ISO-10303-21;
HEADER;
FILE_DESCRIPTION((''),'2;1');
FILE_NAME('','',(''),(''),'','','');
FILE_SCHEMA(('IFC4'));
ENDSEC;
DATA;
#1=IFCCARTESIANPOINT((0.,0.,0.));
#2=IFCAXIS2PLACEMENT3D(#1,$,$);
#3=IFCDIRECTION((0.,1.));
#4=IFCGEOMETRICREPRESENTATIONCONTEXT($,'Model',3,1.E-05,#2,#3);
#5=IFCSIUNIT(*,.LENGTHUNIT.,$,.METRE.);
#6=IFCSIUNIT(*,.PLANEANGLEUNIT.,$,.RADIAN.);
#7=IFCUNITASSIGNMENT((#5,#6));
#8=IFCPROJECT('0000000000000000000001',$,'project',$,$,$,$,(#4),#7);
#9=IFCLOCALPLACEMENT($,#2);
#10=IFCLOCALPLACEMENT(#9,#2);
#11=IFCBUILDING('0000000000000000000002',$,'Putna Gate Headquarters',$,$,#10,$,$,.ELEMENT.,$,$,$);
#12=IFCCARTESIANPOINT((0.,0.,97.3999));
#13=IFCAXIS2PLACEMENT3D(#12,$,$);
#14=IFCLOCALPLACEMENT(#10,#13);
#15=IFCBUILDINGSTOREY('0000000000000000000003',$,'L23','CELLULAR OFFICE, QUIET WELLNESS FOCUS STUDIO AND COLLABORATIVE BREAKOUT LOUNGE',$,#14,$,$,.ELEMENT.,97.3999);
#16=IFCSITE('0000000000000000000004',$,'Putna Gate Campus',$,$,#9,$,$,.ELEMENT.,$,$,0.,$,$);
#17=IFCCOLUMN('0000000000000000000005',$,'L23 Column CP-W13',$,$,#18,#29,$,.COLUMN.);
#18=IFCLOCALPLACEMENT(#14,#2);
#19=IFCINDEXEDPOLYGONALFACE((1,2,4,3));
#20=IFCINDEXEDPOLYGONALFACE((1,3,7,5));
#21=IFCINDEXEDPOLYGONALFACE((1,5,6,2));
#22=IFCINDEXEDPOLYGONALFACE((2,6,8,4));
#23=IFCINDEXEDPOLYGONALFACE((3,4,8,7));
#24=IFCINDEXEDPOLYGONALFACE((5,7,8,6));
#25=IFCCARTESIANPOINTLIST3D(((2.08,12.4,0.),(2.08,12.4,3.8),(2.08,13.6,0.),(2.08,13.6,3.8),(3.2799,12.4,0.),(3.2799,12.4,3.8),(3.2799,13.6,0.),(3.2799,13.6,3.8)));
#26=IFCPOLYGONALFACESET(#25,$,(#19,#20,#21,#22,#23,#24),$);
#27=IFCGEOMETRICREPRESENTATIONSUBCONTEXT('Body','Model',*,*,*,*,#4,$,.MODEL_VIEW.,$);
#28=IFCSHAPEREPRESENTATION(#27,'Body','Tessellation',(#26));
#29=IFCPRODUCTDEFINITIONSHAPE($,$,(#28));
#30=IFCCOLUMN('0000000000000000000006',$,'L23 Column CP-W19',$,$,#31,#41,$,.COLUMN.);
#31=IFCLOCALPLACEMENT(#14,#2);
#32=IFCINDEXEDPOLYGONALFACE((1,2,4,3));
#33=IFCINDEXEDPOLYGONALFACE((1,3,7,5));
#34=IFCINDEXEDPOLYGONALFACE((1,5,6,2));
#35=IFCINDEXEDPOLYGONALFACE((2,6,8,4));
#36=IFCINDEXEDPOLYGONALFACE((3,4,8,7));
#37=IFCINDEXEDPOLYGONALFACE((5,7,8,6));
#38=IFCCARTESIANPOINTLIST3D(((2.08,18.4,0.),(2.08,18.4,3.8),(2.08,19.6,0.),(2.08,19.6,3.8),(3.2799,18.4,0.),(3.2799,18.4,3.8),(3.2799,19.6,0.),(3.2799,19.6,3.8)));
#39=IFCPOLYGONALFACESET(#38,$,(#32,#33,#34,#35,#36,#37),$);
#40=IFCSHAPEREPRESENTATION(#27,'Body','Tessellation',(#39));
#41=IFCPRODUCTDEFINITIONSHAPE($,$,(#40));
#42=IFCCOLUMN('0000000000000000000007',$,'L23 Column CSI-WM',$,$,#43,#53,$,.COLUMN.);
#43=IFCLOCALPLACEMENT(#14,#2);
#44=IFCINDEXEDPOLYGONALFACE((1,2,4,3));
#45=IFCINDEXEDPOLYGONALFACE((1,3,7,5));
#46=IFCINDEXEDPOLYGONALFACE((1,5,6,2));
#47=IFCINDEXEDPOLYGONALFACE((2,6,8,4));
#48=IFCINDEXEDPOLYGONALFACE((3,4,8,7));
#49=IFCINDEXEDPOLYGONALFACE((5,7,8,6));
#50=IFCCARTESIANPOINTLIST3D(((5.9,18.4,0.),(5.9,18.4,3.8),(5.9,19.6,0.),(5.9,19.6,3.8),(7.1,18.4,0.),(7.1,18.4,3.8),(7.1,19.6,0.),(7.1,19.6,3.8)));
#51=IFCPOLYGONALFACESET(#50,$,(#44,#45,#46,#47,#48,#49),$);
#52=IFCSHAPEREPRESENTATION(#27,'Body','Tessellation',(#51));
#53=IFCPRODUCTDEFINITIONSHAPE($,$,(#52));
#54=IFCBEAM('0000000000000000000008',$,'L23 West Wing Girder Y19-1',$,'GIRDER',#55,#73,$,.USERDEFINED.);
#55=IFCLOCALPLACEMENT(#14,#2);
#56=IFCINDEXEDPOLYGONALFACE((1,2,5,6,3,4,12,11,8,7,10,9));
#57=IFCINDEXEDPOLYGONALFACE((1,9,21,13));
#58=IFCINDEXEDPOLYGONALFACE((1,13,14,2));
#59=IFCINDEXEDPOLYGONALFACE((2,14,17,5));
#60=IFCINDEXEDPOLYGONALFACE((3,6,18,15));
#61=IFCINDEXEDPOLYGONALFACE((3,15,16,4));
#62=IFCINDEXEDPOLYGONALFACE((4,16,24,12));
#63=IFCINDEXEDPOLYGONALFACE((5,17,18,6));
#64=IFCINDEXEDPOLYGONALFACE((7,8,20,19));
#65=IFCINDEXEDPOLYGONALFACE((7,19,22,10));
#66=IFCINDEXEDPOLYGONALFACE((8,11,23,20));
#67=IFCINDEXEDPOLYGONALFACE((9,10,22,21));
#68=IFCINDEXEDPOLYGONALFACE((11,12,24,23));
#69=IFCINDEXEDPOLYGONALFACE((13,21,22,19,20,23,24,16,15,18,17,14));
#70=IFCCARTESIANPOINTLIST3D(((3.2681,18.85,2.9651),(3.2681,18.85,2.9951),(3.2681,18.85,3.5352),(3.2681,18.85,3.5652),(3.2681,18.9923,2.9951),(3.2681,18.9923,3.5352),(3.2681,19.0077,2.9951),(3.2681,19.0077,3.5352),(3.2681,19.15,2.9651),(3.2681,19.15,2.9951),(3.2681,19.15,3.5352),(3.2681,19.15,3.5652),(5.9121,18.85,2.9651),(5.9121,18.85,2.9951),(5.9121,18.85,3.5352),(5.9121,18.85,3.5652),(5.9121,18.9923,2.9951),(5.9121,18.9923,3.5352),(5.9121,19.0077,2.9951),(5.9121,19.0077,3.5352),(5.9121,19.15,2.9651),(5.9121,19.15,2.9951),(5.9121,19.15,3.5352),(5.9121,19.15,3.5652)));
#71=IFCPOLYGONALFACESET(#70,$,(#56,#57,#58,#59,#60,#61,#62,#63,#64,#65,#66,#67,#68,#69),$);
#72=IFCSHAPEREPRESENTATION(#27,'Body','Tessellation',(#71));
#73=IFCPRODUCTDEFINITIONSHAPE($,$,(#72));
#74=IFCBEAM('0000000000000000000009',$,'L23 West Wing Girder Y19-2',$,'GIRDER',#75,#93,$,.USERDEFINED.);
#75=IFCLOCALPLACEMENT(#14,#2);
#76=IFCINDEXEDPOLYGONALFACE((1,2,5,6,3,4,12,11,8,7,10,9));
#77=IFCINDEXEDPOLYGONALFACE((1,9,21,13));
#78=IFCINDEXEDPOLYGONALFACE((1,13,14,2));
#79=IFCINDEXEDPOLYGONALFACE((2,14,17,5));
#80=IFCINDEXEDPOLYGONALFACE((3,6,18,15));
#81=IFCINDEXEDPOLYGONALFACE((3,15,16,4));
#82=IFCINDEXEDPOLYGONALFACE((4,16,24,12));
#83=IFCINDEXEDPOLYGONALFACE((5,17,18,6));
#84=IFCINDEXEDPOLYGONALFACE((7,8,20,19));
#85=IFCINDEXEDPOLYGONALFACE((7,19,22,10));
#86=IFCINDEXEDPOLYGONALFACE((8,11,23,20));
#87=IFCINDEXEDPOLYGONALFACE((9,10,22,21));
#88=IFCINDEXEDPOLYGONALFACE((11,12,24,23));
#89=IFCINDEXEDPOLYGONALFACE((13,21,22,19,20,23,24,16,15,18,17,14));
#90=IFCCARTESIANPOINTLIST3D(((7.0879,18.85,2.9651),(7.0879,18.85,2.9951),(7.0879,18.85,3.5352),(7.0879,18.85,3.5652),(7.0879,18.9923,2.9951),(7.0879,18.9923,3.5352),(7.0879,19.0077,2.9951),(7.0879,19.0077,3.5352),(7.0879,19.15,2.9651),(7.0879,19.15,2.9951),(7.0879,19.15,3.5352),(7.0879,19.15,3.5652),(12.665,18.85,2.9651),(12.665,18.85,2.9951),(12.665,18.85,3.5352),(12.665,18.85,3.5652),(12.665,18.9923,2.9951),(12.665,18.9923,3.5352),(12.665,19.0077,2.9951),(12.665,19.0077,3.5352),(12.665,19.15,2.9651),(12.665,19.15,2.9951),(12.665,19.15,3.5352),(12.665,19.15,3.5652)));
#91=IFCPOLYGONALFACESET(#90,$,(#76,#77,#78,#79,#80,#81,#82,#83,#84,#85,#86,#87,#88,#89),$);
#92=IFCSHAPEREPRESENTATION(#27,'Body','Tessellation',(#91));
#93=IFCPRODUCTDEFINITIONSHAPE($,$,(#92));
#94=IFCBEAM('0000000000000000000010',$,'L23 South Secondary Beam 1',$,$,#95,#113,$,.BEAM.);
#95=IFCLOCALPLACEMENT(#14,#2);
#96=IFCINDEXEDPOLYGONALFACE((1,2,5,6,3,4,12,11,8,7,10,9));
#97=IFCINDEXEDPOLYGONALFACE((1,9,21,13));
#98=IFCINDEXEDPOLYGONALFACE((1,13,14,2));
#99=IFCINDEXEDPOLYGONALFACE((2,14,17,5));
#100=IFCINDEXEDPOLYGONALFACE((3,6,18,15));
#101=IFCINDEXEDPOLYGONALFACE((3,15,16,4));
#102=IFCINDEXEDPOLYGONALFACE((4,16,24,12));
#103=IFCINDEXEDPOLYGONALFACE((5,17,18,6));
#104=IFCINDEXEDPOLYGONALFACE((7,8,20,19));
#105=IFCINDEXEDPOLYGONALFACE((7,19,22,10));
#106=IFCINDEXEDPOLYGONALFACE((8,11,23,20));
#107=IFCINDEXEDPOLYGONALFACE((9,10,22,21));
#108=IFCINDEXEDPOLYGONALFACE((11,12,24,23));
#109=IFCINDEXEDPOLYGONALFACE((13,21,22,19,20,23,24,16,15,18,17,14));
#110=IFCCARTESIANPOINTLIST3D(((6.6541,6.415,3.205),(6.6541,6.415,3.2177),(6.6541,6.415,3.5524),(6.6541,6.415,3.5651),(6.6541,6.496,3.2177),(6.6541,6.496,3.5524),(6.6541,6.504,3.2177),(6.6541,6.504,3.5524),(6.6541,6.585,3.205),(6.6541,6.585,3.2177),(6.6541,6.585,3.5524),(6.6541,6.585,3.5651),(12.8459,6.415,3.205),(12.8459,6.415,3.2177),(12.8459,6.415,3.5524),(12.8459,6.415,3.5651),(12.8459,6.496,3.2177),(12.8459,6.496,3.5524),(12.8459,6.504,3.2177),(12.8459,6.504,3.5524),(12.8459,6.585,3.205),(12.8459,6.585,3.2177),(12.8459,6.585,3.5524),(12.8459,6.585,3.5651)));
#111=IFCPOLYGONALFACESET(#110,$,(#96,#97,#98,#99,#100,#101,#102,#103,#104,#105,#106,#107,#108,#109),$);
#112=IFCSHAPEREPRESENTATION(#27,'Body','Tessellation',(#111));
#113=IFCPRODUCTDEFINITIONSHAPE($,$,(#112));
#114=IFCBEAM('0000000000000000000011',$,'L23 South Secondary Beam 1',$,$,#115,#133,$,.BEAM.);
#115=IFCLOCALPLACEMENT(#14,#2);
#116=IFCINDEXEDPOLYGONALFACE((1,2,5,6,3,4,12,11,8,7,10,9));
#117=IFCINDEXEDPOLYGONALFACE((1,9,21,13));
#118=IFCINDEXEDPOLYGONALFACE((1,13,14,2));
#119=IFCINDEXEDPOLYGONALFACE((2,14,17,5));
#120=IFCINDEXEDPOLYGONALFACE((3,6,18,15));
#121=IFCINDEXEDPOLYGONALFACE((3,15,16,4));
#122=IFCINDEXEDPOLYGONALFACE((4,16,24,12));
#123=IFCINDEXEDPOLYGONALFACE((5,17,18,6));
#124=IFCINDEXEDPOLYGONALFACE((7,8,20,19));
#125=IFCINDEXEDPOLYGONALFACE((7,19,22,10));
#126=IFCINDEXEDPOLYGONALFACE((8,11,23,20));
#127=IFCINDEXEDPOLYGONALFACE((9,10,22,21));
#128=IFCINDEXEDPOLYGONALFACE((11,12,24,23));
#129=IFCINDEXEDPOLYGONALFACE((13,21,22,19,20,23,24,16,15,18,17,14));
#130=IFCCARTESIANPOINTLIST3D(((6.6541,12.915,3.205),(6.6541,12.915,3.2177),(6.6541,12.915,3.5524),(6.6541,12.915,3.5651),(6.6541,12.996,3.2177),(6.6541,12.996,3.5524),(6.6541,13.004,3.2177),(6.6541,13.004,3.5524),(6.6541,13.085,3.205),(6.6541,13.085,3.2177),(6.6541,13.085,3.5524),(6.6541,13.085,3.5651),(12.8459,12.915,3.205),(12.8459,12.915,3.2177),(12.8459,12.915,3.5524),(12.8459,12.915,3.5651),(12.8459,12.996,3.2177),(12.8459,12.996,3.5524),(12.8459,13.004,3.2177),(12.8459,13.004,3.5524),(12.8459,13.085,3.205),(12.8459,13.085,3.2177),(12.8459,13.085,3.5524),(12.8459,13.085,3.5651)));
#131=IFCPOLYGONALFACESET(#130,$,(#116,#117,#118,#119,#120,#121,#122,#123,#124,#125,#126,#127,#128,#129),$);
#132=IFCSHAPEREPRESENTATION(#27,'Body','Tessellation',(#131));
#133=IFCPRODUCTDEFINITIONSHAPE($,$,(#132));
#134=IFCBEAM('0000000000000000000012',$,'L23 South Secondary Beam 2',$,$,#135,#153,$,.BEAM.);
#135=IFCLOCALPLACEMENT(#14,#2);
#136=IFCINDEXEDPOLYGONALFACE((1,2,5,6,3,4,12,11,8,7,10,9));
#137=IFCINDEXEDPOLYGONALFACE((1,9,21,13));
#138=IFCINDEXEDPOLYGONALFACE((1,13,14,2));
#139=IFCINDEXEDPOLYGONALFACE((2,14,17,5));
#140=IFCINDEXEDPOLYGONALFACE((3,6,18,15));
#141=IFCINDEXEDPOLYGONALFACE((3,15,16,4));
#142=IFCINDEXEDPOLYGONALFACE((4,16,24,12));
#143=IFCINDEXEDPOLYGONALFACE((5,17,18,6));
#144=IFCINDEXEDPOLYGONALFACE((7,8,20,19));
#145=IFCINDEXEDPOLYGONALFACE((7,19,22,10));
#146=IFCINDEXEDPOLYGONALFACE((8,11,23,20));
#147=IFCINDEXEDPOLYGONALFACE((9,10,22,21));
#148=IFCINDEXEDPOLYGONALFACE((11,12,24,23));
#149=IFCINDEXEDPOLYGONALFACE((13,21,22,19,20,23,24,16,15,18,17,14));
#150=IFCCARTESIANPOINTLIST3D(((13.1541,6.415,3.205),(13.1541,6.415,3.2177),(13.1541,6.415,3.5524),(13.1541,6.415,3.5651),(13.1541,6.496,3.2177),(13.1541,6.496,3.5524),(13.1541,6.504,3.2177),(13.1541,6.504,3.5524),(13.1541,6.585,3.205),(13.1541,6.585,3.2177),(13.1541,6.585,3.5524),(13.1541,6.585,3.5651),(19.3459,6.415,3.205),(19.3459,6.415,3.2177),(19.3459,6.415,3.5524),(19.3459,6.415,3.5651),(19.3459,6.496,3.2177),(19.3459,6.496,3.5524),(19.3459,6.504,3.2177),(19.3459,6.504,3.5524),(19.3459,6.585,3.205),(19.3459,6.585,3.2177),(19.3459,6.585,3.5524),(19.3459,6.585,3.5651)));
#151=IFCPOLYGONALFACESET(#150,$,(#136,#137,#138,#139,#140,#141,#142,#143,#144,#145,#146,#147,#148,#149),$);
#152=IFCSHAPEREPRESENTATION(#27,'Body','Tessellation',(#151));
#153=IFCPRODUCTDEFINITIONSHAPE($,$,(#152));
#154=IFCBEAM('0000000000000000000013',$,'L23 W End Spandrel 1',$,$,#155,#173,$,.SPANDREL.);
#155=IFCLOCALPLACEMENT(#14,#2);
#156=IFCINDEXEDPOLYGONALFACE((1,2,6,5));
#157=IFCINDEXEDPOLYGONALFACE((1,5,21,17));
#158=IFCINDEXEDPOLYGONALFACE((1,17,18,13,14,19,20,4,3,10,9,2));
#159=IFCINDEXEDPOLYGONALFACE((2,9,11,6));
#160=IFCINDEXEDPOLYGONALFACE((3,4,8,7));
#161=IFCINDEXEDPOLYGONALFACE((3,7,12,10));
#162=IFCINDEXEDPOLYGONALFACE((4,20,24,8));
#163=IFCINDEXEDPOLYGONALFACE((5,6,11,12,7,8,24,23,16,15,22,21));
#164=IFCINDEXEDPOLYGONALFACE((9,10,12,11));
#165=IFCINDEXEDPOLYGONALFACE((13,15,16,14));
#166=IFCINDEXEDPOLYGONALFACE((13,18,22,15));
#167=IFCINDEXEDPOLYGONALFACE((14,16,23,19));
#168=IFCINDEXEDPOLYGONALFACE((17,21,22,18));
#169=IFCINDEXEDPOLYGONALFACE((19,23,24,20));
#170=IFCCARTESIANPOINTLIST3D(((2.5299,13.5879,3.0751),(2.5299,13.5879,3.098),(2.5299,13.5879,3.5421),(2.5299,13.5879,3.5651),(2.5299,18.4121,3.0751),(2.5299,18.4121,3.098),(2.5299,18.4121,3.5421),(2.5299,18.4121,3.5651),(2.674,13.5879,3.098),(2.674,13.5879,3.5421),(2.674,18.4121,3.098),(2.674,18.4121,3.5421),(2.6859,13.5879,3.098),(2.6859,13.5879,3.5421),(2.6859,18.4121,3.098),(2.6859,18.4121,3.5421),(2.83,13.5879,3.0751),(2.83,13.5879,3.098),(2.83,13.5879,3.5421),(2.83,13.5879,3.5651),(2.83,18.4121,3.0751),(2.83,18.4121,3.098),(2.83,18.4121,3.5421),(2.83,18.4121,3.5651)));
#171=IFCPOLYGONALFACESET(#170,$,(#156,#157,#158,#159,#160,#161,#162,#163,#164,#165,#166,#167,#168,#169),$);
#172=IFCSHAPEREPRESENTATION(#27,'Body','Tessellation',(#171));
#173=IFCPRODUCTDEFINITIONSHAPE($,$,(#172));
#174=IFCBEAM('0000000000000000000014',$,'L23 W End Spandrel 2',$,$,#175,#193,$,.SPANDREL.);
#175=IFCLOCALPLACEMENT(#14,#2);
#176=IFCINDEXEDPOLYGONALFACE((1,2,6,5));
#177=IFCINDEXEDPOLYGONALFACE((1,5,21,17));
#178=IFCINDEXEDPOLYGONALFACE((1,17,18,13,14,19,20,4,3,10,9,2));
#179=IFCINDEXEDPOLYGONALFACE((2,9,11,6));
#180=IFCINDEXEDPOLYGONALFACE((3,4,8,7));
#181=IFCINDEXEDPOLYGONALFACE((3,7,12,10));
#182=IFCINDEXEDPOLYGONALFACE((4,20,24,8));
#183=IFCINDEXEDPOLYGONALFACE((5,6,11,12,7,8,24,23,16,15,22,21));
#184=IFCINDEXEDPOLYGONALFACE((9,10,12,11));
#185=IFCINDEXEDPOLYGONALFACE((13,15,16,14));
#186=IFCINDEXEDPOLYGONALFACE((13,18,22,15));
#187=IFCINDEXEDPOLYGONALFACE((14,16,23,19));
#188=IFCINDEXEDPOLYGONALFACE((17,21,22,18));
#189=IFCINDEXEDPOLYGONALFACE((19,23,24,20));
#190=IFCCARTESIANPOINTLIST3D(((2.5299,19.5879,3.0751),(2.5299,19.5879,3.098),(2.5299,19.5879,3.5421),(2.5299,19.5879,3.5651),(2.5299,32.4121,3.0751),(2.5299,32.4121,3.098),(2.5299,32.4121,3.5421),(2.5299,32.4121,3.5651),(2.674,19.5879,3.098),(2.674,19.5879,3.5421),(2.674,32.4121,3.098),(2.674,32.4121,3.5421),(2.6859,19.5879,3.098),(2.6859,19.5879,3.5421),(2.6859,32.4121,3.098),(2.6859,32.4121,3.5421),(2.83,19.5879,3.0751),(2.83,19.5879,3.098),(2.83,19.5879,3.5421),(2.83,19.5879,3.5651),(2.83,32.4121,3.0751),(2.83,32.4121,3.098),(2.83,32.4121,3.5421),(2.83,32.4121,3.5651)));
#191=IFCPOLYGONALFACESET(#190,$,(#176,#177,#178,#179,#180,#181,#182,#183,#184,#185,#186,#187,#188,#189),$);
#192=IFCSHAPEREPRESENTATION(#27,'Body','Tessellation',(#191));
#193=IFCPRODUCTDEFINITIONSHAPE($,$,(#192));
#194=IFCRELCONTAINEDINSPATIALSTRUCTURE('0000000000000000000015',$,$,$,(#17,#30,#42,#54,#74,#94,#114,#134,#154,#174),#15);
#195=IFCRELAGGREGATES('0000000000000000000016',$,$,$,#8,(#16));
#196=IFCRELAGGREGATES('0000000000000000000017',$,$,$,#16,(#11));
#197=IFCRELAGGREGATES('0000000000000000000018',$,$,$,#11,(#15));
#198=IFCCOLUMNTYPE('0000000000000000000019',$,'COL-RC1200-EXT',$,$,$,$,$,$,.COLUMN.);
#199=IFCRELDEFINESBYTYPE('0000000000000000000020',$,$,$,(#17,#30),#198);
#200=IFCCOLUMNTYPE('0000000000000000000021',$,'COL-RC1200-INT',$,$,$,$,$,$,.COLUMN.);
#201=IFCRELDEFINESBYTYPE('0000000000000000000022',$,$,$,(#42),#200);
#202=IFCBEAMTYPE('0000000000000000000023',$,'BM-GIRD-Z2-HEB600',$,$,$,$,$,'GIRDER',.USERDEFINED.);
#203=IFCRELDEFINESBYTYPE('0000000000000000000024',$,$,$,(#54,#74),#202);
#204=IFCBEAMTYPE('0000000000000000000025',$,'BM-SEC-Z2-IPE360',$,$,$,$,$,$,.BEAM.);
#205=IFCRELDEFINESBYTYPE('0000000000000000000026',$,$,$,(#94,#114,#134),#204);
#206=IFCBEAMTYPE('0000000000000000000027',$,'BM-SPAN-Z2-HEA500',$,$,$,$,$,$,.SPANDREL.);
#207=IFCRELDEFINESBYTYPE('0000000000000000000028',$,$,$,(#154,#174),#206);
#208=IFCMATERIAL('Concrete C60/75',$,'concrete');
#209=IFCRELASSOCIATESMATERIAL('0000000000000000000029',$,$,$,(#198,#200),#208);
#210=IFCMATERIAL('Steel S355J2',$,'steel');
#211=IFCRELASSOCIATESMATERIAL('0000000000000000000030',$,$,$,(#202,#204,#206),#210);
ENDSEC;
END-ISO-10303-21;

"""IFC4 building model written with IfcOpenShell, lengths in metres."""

from ifc_helpers import new_model, si_unit, direction, frame, origin, origin_2d, place, context, subcontext, project, spatial, rectangle, i_section, extrude, material, material_profile, profile_set, type_object, element, save


model = new_model("IFC4")

# Units and contexts
model_context = context("Model", 3, precision=1e-05, world=origin(), true_north=direction((0.0, 1.0)))
body_context = subcontext(model_context, "Body", "Model", "MODEL_VIEW")
ifc_project = project(units=[si_unit("LENGTHUNIT", "METRE"), si_unit("PLANEANGLEUNIT", "RADIAN")], contexts=[model_context])

# Site, building, storey
site_placement = place(None, origin())
site = spatial("IfcSite", under=ifc_project, at=site_placement, Name="Putna Gate Campus", CompositionType="ELEMENT", RefElevation=0.0)
building_placement = place(site_placement, origin())
building = spatial("IfcBuilding", under=site, at=building_placement, Name="Putna Gate Headquarters", CompositionType="ELEMENT")
storey_placement = place(building_placement, frame((0.0, 0.0, 97.3999)))
storey = spatial("IfcBuildingStorey", under=building, at=storey_placement, Name="L23", Description="CELLULAR OFFICE, QUIET WELLNESS FOCUS STUDIO AND COLLABORATIVE BREAKOUT LOUNGE", CompositionType="ELEMENT", Elevation=97.3999)

# Columns
ifc_material_1 = material(Name="Concrete C60/75", Category="concrete")
ifc_material_profile_1 = material_profile(ifc_material_1, rectangle(XDim=1.2, YDim=1.2, at=origin_2d()), Name="Concrete C60/75")
ifc_profile_set_1 = profile_set([ifc_material_profile_1], Name="Concrete C60/75")
column_type_1 = type_object("IfcColumnType", Name="COL-RC1200-EXT", PredefinedType="COLUMN", material=ifc_profile_set_1)
for number, where, z_axis, x_axis, name in (
    (1, (2.6799, 13.0, 0.0), (0.0, 0.0, 1.0), (1.0, 0.0, 0.0), "L23 Column CP-W13"),
    (2, (2.6799, 19.0, 0.0), (0.0, 0.0, 1.0), (1.0, 0.0, 0.0), "L23 Column CP-W19"),
):
    element("IfcColumn", number, at=place(storey_placement, frame(where, z_axis=z_axis, x_axis=x_axis)), inside=storey, type_object=column_type_1, Name=name, PredefinedType="COLUMN", context=body_context, shape_type="SweptSolid", body=[
        extrude(rectangle(XDim=1.2, YDim=1.2, at=origin_2d()), origin(), (0.0, 0.0, 1.0), 3.8),
    ])
ifc_material_profile_2 = material_profile(ifc_material_1, rectangle(XDim=1.2, YDim=1.2, at=origin_2d()), Name="Concrete C60/75")
ifc_profile_set_2 = profile_set([ifc_material_profile_2], Name="Concrete C60/75")
column_type_2 = type_object("IfcColumnType", Name="COL-RC1200-INT", PredefinedType="COLUMN", material=ifc_profile_set_2)
column_placement = place(storey_placement, frame((6.5, 19.0, 0.0), z_axis=(0.0, 0.0, 1.0), x_axis=(1.0, 0.0, 0.0)))
element("IfcColumn", 3, at=column_placement, inside=storey, type_object=column_type_2, Name="L23 Column CSI-WM", PredefinedType="COLUMN", context=body_context, shape_type="SweptSolid", body=[
    extrude(rectangle(XDim=1.2, YDim=1.2, at=origin_2d()), origin(), (0.0, 0.0, 1.0), 3.8),
])

# Beams
ifc_material_2 = material(Name="Steel S355J2", Category="steel")
ifc_material_profile_3 = material_profile(ifc_material_2, i_section(OverallWidth=0.3, OverallDepth=0.6001, WebThickness=0.0154, FlangeThickness=0.03, at=origin_2d()), Name="Steel S355J2")
ifc_profile_set_3 = profile_set([ifc_material_profile_3], Name="Steel S355J2")
beam_type_1 = type_object("IfcBeamType", Name="BM-GIRD-Z2-HEB600", ElementType="GIRDER", PredefinedType="USERDEFINED", material=ifc_profile_set_3)
beam_1_placement = place(storey_placement, frame((3.2681, 19.0, 3.2651), z_axis=(1.0, 0.0, 0.0), x_axis=(0.0, 1.0, 0.0)))
element("IfcBeam", 4, at=beam_1_placement, inside=storey, type_object=beam_type_1, Name="L23 West Wing Girder Y19-1", ObjectType="GIRDER", PredefinedType="USERDEFINED", context=body_context, shape_type="SweptSolid", body=[
    extrude(i_section(OverallWidth=0.3, OverallDepth=0.6001, WebThickness=0.0154, FlangeThickness=0.03, at=origin_2d()), origin(), (0.0, 0.0, 1.0), 2.644),
])
beam_2_placement = place(storey_placement, frame((7.0879, 19.0, 3.2651), z_axis=(1.0, 0.0, 0.0), x_axis=(0.0, 1.0, 0.0)))
element("IfcBeam", 5, at=beam_2_placement, inside=storey, type_object=beam_type_1, Name="L23 West Wing Girder Y19-2", ObjectType="GIRDER", PredefinedType="USERDEFINED", context=body_context, shape_type="SweptSolid", body=[
    extrude(i_section(OverallWidth=0.3, OverallDepth=0.6001, WebThickness=0.0154, FlangeThickness=0.03, at=origin_2d()), origin(), (0.0, 0.0, 1.0), 5.5771),
])
ifc_material_profile_4 = material_profile(ifc_material_2, i_section(OverallWidth=0.1699, OverallDepth=0.3601, WebThickness=0.0081, FlangeThickness=0.0127, at=origin_2d()), Name="Steel S355J2")
ifc_profile_set_4 = profile_set([ifc_material_profile_4], Name="Steel S355J2")
beam_type_2 = type_object("IfcBeamType", Name="BM-SEC-Z2-IPE360", PredefinedType="BEAM", material=ifc_profile_set_4)
for number, where, z_axis, x_axis, name in (
    (6, (6.6541, 6.5, 3.385), (1.0, 0.0, 0.0), (0.0, 1.0, 0.0), "L23 South Secondary Beam 1"),
    (7, (6.6541, 13.0, 3.385), (1.0, 0.0, 0.0), (0.0, 1.0, 0.0), "L23 South Secondary Beam 1"),
    (8, (13.1541, 6.5, 3.385), (1.0, 0.0, 0.0), (0.0, 1.0, 0.0), "L23 South Secondary Beam 2"),
):
    element("IfcBeam", number, at=place(storey_placement, frame(where, z_axis=z_axis, x_axis=x_axis)), inside=storey, type_object=beam_type_2, Name=name, PredefinedType="BEAM", context=body_context, shape_type="SweptSolid", body=[
        extrude(i_section(OverallWidth=0.1699, OverallDepth=0.3601, WebThickness=0.0081, FlangeThickness=0.0127, at=origin_2d()), origin(), (0.0, 0.0, 1.0), 6.1919),
    ])
ifc_material_profile_5 = material_profile(ifc_material_2, i_section(OverallWidth=0.3, OverallDepth=0.49, WebThickness=0.012, FlangeThickness=0.0229, at=origin_2d()), Name="Steel S355J2")
ifc_profile_set_5 = profile_set([ifc_material_profile_5], Name="Steel S355J2")
beam_type_3 = type_object("IfcBeamType", Name="BM-SPAN-Z2-HEA500", PredefinedType="SPANDREL", material=ifc_profile_set_5)
beam_3_placement = place(storey_placement, frame((2.6799, 13.5879, 3.3201), z_axis=(0.0, 1.0, 0.0), x_axis=(-1.0, 0.0, 0.0)))
element("IfcBeam", 9, at=beam_3_placement, inside=storey, type_object=beam_type_3, Name="L23 W End Spandrel 1", PredefinedType="SPANDREL", context=body_context, shape_type="SweptSolid", body=[
    extrude(i_section(OverallWidth=0.3, OverallDepth=0.49, WebThickness=0.012, FlangeThickness=0.0229, at=origin_2d()), origin(), (0.0, 0.0, 1.0), 4.8242),
])
beam_4_placement = place(storey_placement, frame((2.6799, 19.5879, 3.3201), z_axis=(0.0, 1.0, 0.0), x_axis=(-1.0, 0.0, 0.0)))
element("IfcBeam", 10, at=beam_4_placement, inside=storey, type_object=beam_type_3, Name="L23 W End Spandrel 2", PredefinedType="SPANDREL", context=body_context, shape_type="SweptSolid", body=[
    extrude(i_section(OverallWidth=0.3, OverallDepth=0.49, WebThickness=0.012, FlangeThickness=0.0229, at=origin_2d()), origin(), (0.0, 0.0, 1.0), 12.8242),
])

save(model, "model.ifc")
